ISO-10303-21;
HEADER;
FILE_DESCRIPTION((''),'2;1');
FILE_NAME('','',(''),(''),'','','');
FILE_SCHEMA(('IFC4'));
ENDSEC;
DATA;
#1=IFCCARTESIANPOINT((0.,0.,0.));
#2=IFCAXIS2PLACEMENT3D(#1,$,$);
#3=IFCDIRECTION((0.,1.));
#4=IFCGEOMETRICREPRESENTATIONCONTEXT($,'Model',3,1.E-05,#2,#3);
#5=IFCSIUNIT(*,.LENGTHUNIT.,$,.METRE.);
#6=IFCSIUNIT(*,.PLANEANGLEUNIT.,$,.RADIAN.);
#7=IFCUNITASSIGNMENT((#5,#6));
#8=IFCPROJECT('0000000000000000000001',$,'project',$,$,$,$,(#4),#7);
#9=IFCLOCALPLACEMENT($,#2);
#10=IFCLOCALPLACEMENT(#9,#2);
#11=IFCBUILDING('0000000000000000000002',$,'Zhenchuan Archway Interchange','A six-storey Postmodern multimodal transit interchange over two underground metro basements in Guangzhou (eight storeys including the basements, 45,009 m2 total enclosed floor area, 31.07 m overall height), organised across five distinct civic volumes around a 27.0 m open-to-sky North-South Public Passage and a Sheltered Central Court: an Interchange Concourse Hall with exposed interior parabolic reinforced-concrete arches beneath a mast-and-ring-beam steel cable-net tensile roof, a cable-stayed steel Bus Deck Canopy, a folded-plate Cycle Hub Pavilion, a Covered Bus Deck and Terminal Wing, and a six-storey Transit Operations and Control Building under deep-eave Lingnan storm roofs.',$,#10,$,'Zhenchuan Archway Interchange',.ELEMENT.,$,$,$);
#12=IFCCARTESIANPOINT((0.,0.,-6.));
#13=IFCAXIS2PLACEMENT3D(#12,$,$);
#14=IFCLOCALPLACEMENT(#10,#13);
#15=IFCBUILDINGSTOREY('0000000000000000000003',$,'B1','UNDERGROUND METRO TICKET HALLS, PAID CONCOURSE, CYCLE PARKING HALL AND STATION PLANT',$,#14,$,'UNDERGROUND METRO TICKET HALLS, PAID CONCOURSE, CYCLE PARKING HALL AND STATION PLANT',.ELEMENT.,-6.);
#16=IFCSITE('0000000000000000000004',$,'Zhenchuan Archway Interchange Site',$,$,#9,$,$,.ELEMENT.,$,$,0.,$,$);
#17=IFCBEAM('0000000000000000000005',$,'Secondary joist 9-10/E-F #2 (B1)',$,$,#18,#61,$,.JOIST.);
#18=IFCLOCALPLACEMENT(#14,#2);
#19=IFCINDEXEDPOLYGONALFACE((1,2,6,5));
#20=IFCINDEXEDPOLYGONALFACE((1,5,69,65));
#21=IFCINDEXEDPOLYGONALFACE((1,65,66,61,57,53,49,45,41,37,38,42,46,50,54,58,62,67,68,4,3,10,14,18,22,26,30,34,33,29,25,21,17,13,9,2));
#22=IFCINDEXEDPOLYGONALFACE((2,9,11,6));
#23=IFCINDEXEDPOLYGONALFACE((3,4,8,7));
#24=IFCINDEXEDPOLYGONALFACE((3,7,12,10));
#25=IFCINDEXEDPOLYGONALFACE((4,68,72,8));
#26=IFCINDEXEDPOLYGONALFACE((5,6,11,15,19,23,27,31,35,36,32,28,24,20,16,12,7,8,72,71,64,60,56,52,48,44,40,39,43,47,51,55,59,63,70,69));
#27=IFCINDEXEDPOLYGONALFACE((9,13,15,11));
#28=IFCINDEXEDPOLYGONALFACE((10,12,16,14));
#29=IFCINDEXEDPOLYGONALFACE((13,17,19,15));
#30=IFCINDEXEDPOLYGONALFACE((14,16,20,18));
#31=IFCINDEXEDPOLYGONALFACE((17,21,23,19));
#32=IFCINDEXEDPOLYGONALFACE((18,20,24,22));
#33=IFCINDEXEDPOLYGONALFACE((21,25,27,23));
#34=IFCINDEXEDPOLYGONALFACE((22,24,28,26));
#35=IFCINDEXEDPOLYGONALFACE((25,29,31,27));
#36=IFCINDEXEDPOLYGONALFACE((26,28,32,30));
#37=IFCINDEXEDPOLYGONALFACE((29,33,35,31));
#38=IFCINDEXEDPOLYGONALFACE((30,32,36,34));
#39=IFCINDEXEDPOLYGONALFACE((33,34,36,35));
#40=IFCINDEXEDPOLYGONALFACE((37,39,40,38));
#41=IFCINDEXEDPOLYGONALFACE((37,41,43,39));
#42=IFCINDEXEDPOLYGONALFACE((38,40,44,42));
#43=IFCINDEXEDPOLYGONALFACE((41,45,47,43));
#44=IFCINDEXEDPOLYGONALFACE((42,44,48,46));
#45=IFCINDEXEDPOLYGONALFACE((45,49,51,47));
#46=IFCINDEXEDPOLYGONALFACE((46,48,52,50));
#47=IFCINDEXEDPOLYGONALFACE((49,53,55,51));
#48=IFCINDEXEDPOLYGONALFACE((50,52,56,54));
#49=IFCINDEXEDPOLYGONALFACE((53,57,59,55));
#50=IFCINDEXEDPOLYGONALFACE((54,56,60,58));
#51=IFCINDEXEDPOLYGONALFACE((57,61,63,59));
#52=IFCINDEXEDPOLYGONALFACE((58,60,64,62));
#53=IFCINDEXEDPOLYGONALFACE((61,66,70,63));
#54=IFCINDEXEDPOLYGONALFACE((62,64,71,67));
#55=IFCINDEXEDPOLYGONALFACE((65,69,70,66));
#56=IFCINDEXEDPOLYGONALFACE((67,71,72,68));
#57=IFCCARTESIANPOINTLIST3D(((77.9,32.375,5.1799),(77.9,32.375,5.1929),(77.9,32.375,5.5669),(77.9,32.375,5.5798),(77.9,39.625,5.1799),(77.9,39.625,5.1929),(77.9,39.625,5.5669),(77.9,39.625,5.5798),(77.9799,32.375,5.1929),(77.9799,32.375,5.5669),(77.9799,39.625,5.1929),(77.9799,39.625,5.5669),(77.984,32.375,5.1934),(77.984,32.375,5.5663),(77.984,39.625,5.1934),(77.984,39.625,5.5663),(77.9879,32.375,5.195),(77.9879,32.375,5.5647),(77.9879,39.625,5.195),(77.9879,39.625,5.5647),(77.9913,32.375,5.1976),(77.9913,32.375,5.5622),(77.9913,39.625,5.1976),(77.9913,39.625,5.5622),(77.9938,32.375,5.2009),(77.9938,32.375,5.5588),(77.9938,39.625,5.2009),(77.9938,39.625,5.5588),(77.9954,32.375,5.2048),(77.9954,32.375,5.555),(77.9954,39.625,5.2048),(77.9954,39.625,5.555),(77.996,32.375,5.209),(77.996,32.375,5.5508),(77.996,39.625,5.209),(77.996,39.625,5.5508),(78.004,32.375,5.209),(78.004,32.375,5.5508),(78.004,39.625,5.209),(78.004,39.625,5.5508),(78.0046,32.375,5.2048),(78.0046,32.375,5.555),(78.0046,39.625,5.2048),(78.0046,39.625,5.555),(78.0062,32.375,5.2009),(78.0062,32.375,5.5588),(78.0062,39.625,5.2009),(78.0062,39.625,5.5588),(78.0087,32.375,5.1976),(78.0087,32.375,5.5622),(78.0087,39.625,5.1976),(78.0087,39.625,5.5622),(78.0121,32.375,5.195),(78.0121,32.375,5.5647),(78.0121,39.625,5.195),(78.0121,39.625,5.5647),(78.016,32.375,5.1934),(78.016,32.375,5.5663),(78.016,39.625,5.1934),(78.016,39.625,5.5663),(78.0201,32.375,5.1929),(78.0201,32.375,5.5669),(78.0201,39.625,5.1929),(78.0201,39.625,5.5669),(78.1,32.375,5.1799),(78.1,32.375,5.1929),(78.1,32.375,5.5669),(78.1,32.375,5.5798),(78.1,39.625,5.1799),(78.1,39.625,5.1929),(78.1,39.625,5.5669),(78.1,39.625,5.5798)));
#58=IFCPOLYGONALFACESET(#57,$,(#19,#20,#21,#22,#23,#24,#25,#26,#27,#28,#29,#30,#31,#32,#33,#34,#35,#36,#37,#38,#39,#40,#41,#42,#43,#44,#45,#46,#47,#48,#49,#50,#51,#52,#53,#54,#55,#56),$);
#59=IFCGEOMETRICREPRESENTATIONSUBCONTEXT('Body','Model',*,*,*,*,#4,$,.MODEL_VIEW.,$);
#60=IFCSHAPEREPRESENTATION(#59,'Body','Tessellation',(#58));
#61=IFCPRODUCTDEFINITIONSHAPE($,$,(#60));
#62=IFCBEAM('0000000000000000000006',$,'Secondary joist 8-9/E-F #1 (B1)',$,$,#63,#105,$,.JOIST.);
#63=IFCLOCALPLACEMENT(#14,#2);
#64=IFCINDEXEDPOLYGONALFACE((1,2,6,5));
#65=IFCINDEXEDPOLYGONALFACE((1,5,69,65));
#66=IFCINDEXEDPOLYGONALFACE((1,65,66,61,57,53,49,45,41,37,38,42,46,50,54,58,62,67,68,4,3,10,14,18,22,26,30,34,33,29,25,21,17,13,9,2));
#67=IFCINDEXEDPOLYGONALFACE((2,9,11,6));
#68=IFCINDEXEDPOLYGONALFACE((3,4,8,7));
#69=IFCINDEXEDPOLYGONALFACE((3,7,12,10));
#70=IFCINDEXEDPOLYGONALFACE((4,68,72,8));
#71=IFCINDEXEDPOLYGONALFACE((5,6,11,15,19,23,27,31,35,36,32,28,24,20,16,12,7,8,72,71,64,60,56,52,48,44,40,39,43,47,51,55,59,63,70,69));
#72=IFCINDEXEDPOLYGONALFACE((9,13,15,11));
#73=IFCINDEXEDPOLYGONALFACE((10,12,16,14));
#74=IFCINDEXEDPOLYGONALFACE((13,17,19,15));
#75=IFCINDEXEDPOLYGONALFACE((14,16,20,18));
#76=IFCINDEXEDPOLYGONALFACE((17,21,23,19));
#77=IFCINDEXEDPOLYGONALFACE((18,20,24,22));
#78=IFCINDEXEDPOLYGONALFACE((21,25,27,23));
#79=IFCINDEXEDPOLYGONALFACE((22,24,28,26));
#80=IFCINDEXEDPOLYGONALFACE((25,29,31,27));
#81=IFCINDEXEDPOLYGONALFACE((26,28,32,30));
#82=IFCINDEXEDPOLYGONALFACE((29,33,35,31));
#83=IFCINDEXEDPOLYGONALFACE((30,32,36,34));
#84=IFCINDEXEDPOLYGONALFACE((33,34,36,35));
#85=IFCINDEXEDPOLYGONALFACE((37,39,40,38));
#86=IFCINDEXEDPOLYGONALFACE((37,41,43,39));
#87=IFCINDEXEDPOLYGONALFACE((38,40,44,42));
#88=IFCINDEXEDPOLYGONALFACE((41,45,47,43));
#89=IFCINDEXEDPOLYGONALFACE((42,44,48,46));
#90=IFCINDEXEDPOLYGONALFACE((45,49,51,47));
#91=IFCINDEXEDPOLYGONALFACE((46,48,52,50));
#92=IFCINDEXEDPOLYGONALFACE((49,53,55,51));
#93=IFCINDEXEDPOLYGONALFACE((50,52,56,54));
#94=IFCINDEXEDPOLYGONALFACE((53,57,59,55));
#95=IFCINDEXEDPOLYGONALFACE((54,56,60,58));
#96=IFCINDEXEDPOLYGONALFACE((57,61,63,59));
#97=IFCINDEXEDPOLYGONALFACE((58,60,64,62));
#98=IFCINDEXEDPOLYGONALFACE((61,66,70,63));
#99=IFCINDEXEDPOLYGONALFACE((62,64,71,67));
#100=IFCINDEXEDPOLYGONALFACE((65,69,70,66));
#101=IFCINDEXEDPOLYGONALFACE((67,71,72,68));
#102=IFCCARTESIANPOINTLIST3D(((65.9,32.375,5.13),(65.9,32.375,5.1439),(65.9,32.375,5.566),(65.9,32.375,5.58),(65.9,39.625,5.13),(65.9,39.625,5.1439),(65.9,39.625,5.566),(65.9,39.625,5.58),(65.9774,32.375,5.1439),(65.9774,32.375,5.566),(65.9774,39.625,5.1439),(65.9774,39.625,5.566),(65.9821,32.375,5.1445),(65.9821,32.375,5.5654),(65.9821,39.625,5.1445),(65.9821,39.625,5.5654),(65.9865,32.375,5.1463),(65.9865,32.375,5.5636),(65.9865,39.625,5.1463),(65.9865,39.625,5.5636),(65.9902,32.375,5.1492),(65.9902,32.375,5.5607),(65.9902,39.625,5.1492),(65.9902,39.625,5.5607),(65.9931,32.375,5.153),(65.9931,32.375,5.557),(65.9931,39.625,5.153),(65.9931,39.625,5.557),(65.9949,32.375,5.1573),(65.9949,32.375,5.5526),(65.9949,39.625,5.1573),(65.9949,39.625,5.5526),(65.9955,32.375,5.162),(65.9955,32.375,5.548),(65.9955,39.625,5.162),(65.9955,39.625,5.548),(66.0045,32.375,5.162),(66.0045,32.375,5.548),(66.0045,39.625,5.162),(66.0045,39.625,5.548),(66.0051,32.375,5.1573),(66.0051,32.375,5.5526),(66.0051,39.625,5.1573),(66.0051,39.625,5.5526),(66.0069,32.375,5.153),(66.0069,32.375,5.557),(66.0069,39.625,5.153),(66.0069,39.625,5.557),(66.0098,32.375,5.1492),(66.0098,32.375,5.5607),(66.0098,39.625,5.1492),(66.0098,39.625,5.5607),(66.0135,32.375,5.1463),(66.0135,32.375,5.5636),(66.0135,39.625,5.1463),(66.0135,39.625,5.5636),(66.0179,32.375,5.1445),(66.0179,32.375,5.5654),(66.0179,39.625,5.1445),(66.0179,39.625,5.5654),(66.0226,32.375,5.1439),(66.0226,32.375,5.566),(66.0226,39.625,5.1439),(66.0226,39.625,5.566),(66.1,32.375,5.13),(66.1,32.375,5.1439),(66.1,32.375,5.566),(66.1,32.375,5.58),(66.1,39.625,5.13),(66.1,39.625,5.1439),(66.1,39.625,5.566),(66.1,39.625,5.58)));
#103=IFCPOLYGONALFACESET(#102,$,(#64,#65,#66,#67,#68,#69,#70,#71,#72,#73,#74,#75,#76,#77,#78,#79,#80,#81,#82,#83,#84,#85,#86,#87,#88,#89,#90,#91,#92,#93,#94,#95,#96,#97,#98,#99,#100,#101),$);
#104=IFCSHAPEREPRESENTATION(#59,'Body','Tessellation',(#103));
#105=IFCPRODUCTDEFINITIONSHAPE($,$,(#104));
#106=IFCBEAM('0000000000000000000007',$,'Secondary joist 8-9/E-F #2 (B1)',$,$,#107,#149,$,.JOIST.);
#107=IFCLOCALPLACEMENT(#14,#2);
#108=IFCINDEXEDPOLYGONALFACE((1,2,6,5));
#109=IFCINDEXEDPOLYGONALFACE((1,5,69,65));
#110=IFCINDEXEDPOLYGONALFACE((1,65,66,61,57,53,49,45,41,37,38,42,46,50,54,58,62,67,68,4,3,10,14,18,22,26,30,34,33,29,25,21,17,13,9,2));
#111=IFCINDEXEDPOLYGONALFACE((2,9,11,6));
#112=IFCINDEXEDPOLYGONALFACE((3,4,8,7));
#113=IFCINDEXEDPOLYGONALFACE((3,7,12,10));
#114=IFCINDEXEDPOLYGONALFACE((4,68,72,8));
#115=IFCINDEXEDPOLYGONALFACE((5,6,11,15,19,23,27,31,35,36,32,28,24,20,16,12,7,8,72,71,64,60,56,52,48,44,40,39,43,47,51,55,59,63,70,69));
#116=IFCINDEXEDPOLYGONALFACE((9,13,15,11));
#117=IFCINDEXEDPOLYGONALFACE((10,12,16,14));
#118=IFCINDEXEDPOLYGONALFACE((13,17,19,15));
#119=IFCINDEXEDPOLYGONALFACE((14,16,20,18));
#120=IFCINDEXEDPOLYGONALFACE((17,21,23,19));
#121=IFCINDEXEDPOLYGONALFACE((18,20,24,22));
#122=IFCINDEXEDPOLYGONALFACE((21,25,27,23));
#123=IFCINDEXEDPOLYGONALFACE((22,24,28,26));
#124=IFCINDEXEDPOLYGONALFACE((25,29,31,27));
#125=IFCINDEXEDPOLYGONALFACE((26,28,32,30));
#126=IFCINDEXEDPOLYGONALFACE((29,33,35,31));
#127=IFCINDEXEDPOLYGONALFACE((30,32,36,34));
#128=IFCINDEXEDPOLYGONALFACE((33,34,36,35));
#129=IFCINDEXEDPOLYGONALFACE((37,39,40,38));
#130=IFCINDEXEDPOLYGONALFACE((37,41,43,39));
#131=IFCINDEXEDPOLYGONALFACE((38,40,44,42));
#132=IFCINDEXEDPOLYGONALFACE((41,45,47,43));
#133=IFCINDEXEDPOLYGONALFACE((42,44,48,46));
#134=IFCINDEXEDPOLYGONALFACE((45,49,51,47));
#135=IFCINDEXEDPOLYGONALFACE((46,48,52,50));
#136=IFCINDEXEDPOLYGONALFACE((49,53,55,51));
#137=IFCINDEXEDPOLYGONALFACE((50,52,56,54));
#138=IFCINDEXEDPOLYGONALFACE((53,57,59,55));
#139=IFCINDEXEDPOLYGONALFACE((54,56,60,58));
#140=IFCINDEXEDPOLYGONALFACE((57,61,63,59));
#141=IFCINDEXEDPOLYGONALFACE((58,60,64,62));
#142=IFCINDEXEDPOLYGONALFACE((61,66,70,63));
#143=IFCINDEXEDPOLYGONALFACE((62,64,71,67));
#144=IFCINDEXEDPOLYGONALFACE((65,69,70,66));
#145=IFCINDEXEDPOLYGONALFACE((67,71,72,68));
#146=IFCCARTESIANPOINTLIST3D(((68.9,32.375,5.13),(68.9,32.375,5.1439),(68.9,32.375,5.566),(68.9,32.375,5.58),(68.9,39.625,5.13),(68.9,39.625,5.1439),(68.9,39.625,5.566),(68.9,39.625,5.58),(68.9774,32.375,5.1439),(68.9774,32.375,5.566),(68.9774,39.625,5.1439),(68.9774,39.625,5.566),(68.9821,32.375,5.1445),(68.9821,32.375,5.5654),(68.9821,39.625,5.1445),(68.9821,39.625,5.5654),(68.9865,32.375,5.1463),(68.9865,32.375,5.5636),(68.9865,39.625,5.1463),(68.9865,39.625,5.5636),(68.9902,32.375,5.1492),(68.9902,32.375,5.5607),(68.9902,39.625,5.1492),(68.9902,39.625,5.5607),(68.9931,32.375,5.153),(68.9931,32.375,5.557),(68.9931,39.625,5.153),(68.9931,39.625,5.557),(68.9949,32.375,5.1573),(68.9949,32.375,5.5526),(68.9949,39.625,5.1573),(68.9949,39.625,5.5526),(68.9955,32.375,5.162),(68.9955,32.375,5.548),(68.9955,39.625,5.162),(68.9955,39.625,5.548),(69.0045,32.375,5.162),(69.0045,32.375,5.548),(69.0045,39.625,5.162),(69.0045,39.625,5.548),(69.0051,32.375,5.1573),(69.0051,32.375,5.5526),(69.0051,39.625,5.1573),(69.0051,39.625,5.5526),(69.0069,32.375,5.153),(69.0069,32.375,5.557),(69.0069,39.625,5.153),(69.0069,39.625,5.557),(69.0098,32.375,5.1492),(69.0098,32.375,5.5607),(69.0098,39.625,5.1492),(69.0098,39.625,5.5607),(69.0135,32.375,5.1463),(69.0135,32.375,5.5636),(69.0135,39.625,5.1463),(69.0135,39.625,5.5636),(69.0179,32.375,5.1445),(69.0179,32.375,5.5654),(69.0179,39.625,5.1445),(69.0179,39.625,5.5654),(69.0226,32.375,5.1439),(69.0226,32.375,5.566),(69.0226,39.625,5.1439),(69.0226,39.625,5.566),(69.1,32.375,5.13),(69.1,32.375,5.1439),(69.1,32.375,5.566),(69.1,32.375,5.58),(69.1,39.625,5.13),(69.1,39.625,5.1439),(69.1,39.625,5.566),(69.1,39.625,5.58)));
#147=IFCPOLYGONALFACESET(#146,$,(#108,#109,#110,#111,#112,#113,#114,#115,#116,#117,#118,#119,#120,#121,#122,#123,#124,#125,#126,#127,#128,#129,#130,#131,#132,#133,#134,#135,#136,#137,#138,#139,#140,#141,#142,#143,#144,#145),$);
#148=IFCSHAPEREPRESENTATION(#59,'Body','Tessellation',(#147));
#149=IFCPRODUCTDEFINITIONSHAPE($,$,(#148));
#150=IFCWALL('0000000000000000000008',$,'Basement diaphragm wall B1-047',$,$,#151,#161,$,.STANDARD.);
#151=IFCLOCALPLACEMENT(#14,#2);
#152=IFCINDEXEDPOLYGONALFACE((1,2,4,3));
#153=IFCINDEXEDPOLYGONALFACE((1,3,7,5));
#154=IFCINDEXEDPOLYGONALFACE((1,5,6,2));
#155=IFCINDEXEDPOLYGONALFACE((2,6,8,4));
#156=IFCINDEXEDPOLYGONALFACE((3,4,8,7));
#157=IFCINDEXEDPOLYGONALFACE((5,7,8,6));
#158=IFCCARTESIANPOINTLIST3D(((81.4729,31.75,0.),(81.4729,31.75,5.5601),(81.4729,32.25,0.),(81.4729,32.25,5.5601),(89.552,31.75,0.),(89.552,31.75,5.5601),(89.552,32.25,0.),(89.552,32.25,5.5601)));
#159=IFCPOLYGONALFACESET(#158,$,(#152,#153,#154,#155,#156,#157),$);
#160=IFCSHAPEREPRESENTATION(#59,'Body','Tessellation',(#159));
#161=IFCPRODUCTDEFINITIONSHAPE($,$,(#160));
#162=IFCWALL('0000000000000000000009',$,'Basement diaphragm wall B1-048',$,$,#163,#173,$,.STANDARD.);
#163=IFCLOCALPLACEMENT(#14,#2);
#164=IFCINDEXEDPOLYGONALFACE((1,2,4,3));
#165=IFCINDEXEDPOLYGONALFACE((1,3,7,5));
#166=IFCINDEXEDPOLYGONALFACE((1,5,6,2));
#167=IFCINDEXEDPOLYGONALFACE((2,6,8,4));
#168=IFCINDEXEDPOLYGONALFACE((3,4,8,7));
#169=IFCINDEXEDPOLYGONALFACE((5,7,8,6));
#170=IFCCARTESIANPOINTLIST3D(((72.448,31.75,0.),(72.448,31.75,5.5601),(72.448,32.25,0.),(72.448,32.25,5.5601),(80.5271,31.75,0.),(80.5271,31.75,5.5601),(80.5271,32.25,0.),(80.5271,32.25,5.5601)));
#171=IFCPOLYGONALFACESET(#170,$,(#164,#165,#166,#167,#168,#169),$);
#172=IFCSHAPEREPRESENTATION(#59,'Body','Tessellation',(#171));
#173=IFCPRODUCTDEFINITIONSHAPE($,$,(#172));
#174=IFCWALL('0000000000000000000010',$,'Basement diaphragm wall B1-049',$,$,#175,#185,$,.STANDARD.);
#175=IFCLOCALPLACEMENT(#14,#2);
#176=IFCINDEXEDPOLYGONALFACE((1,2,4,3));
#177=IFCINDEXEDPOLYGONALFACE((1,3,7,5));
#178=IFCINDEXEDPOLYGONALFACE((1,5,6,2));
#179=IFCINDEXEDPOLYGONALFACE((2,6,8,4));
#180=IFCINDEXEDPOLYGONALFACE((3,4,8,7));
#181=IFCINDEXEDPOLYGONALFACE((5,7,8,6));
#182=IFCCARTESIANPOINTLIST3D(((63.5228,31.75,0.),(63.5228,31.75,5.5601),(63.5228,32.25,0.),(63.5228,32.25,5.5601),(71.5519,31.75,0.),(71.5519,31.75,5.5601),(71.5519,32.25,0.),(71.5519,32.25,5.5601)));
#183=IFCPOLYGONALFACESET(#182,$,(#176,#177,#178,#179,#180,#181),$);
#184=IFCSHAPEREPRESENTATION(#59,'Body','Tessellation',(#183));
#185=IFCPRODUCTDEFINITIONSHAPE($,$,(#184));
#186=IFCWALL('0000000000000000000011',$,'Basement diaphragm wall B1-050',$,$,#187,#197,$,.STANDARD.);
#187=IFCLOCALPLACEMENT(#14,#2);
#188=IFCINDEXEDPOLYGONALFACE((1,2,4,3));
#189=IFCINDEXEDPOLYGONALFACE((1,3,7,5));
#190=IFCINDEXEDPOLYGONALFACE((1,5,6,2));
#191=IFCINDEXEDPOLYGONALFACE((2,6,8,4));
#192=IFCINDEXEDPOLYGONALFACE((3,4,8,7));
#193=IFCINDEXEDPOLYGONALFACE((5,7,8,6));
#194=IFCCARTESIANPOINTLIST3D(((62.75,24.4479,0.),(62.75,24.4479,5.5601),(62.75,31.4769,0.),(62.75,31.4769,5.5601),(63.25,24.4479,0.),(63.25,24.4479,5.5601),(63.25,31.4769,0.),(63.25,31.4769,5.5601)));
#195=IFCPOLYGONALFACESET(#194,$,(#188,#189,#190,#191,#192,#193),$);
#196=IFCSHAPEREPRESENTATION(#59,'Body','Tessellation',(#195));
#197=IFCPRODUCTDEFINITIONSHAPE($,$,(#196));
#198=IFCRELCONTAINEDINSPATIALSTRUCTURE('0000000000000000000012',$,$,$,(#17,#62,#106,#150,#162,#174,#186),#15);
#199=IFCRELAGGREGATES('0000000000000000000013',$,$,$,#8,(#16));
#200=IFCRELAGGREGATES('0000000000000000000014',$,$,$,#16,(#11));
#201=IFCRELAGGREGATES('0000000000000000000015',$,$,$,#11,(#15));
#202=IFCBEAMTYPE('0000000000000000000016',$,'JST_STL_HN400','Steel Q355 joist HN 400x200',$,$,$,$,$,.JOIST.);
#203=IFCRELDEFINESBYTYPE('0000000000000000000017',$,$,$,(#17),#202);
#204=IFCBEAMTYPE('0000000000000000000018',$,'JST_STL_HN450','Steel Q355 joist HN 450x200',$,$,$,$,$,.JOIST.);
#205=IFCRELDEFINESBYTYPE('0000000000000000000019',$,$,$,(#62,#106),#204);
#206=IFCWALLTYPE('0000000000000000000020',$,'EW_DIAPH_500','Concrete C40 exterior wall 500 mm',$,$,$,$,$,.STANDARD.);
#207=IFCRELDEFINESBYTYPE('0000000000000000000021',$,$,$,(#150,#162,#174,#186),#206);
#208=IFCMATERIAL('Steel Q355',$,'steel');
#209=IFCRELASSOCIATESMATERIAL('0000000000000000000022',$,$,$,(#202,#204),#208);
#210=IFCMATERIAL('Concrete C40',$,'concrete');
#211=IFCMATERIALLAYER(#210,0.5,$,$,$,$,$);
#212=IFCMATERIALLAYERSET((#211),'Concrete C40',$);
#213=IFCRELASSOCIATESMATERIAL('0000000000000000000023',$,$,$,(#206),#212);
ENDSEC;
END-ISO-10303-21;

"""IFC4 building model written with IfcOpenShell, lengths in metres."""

from ifc_helpers import new_model, si_unit, direction, frame, frame_2d, origin, origin_2d, place, context, subcontext, project, spatial, rectangle, i_section, extrude, material, layer, layer_set, material_profile, profile_set, type_object, element, save


model = new_model("IFC4")

# Units and contexts
model_context = context("Model", 3, precision=1e-05, world=origin(), true_north=direction((0.0, 1.0)))
body_context = subcontext(model_context, "Body", "Model", "MODEL_VIEW")
ifc_project = project(units=[si_unit("LENGTHUNIT", "METRE"), si_unit("PLANEANGLEUNIT", "RADIAN")], contexts=[model_context])

# Site, building, storey
site_placement = place(None, origin())
site = spatial("IfcSite", under=ifc_project, at=site_placement, Name="Zhenchuan Archway Interchange Site", CompositionType="ELEMENT", RefElevation=0.0)
building_placement = place(site_placement, origin())
building = spatial("IfcBuilding", under=site, at=building_placement, Name="Zhenchuan Archway Interchange", Description="A six-storey Postmodern multimodal transit interchange over two underground metro basements in Guangzhou (eight storeys including the basements, 45,009 m2 total enclosed floor area, 31.07 m overall height), organised across five distinct civic volumes around a 27.0 m open-to-sky North-South Public Passage and a Sheltered Central Court: an Interchange Concourse Hall with exposed interior parabolic reinforced-concrete arches beneath a mast-and-ring-beam steel cable-net tensile roof, a cable-stayed steel Bus Deck Canopy, a folded-plate Cycle Hub Pavilion, a Covered Bus Deck and Terminal Wing, and a six-storey Transit Operations and Control Building under deep-eave Lingnan storm roofs.", LongName="Zhenchuan Archway Interchange", CompositionType="ELEMENT")
storey_placement = place(building_placement, frame((0.0, 0.0, -6.0)))
storey = spatial("IfcBuildingStorey", under=building, at=storey_placement, Name="B1", Description="UNDERGROUND METRO TICKET HALLS, PAID CONCOURSE, CYCLE PARKING HALL AND STATION PLANT", LongName="UNDERGROUND METRO TICKET HALLS, PAID CONCOURSE, CYCLE PARKING HALL AND STATION PLANT", CompositionType="ELEMENT", Elevation=-6.0)

# Beams
ifc_material_1 = material(Name="Concrete C40", Category="concrete")
ifc_material_2 = material(Name="Steel Q355", Category="steel")
ifc_material_profile_1 = material_profile(ifc_material_2, i_section(OverallWidth=0.2, OverallDepth=0.3999, WebThickness=0.0081, FlangeThickness=0.0129, FilletRadius=0.0161, at=origin_2d()), Name="HN 400x200")
ifc_profile_set_1 = profile_set([ifc_material_profile_1], Name="Steel Q355")
beam_type_1 = type_object("IfcBeamType", Name="JST_STL_HN400", Description="Steel Q355 joist HN 400x200", PredefinedType="JOIST", material=ifc_profile_set_1)
for number, where, z_axis, x_axis, name in (
    (1, (78.0, 32.375, 5.3799), (0.0, 1.0, 0.0), (-1.0, 0.0, 0.0), "Secondary joist 9-10/E-F #2 (B1)"),
):
    element("IfcBeam", number, at=place(storey_placement, frame(where, z_axis=z_axis, x_axis=x_axis)), inside=storey, type_object=beam_type_1, Name=name, PredefinedType="JOIST", context=body_context, shape_type="SweptSolid", body=[
        extrude(i_section(OverallWidth=0.2, OverallDepth=0.3999, WebThickness=0.0081, FlangeThickness=0.0129, FilletRadius=0.0161, at=origin_2d()), origin(), (0.0, 0.0, 1.0), 7.25),
    ])
ifc_material_profile_2 = material_profile(ifc_material_2, i_section(OverallWidth=0.2, OverallDepth=0.45, WebThickness=0.009, FlangeThickness=0.0139, FilletRadius=0.0181, at=origin_2d()), Name="HN 450x200")
ifc_profile_set_2 = profile_set([ifc_material_profile_2], Name="Steel Q355")
beam_type_2 = type_object("IfcBeamType", Name="JST_STL_HN450", Description="Steel Q355 joist HN 450x200", PredefinedType="JOIST", material=ifc_profile_set_2)
for number, where, z_axis, x_axis, name in (
    (2, (66.0, 32.375, 5.355), (0.0, 1.0, 0.0), (-1.0, 0.0, 0.0), "Secondary joist 8-9/E-F #1 (B1)"),
    (3, (69.0, 32.375, 5.355), (0.0, 1.0, 0.0), (-1.0, 0.0, 0.0), "Secondary joist 8-9/E-F #2 (B1)"),
):
    element("IfcBeam", number, at=place(storey_placement, frame(where, z_axis=z_axis, x_axis=x_axis)), inside=storey, type_object=beam_type_2, Name=name, PredefinedType="JOIST", context=body_context, shape_type="SweptSolid", body=[
        extrude(i_section(OverallWidth=0.2, OverallDepth=0.45, WebThickness=0.009, FlangeThickness=0.0139, FilletRadius=0.0181, at=origin_2d()), origin(), (0.0, 0.0, 1.0), 7.25),
    ])

# Walls
ifc_layer_1 = layer(ifc_material_1, 0.5)
ifc_layer_set_1 = layer_set([ifc_layer_1], Name="Concrete C40")
wall_type_1 = type_object("IfcWallType", Name="EW_DIAPH_500", Description="Concrete C40 exterior wall 500 mm", PredefinedType="STANDARD", material=ifc_layer_set_1)
for number, where, z_axis, x_axis, name in (
    (4, (89.552, 32.0, 0.0), (0.0, 0.0, 1.0), (-1.0, 0.0, 0.0), "Basement diaphragm wall B1-047"),
    (5, (80.5271, 32.0, 0.0), (0.0, 0.0, 1.0), (-1.0, 0.0, 0.0), "Basement diaphragm wall B1-048"),
):
    element("IfcWall", number, at=place(storey_placement, frame(where, z_axis=z_axis, x_axis=x_axis)), inside=storey, type_object=wall_type_1, Name=name, PredefinedType="STANDARD", context=body_context, shape_type="SweptSolid", body=[
        extrude(rectangle(XDim=8.0791, YDim=0.5, at=frame_2d((4.0396, 0.0))), origin(), (0.0, 0.0, 1.0), 5.5601),
    ])
wall_1_placement = place(storey_placement, frame((71.552, 32.0, 0.0), z_axis=(0.0, 0.0, 1.0), x_axis=(-1.0, 0.0, 0.0)))
element("IfcWall", 6, at=wall_1_placement, inside=storey, type_object=wall_type_1, Name="Basement diaphragm wall B1-049", PredefinedType="STANDARD", context=body_context, shape_type="SweptSolid", body=[
    extrude(rectangle(XDim=8.0291, YDim=0.5, at=frame_2d((4.0146, 0.0))), origin(), (0.0, 0.0, 1.0), 5.5601),
])
wall_2_placement = place(storey_placement, frame((63.0, 31.4771, 0.0), z_axis=(0.0, 0.0, 1.0), x_axis=(0.0, -1.0, 0.0)))
element("IfcWall", 7, at=wall_2_placement, inside=storey, type_object=wall_type_1, Name="Basement diaphragm wall B1-050", PredefinedType="STANDARD", context=body_context, shape_type="SweptSolid", body=[
    extrude(rectangle(XDim=7.0291, YDim=0.5, at=frame_2d((3.5146, 0.0))), origin(), (0.0, 0.0, 1.0), 5.5601),
])

save(model, "model.ifc")
